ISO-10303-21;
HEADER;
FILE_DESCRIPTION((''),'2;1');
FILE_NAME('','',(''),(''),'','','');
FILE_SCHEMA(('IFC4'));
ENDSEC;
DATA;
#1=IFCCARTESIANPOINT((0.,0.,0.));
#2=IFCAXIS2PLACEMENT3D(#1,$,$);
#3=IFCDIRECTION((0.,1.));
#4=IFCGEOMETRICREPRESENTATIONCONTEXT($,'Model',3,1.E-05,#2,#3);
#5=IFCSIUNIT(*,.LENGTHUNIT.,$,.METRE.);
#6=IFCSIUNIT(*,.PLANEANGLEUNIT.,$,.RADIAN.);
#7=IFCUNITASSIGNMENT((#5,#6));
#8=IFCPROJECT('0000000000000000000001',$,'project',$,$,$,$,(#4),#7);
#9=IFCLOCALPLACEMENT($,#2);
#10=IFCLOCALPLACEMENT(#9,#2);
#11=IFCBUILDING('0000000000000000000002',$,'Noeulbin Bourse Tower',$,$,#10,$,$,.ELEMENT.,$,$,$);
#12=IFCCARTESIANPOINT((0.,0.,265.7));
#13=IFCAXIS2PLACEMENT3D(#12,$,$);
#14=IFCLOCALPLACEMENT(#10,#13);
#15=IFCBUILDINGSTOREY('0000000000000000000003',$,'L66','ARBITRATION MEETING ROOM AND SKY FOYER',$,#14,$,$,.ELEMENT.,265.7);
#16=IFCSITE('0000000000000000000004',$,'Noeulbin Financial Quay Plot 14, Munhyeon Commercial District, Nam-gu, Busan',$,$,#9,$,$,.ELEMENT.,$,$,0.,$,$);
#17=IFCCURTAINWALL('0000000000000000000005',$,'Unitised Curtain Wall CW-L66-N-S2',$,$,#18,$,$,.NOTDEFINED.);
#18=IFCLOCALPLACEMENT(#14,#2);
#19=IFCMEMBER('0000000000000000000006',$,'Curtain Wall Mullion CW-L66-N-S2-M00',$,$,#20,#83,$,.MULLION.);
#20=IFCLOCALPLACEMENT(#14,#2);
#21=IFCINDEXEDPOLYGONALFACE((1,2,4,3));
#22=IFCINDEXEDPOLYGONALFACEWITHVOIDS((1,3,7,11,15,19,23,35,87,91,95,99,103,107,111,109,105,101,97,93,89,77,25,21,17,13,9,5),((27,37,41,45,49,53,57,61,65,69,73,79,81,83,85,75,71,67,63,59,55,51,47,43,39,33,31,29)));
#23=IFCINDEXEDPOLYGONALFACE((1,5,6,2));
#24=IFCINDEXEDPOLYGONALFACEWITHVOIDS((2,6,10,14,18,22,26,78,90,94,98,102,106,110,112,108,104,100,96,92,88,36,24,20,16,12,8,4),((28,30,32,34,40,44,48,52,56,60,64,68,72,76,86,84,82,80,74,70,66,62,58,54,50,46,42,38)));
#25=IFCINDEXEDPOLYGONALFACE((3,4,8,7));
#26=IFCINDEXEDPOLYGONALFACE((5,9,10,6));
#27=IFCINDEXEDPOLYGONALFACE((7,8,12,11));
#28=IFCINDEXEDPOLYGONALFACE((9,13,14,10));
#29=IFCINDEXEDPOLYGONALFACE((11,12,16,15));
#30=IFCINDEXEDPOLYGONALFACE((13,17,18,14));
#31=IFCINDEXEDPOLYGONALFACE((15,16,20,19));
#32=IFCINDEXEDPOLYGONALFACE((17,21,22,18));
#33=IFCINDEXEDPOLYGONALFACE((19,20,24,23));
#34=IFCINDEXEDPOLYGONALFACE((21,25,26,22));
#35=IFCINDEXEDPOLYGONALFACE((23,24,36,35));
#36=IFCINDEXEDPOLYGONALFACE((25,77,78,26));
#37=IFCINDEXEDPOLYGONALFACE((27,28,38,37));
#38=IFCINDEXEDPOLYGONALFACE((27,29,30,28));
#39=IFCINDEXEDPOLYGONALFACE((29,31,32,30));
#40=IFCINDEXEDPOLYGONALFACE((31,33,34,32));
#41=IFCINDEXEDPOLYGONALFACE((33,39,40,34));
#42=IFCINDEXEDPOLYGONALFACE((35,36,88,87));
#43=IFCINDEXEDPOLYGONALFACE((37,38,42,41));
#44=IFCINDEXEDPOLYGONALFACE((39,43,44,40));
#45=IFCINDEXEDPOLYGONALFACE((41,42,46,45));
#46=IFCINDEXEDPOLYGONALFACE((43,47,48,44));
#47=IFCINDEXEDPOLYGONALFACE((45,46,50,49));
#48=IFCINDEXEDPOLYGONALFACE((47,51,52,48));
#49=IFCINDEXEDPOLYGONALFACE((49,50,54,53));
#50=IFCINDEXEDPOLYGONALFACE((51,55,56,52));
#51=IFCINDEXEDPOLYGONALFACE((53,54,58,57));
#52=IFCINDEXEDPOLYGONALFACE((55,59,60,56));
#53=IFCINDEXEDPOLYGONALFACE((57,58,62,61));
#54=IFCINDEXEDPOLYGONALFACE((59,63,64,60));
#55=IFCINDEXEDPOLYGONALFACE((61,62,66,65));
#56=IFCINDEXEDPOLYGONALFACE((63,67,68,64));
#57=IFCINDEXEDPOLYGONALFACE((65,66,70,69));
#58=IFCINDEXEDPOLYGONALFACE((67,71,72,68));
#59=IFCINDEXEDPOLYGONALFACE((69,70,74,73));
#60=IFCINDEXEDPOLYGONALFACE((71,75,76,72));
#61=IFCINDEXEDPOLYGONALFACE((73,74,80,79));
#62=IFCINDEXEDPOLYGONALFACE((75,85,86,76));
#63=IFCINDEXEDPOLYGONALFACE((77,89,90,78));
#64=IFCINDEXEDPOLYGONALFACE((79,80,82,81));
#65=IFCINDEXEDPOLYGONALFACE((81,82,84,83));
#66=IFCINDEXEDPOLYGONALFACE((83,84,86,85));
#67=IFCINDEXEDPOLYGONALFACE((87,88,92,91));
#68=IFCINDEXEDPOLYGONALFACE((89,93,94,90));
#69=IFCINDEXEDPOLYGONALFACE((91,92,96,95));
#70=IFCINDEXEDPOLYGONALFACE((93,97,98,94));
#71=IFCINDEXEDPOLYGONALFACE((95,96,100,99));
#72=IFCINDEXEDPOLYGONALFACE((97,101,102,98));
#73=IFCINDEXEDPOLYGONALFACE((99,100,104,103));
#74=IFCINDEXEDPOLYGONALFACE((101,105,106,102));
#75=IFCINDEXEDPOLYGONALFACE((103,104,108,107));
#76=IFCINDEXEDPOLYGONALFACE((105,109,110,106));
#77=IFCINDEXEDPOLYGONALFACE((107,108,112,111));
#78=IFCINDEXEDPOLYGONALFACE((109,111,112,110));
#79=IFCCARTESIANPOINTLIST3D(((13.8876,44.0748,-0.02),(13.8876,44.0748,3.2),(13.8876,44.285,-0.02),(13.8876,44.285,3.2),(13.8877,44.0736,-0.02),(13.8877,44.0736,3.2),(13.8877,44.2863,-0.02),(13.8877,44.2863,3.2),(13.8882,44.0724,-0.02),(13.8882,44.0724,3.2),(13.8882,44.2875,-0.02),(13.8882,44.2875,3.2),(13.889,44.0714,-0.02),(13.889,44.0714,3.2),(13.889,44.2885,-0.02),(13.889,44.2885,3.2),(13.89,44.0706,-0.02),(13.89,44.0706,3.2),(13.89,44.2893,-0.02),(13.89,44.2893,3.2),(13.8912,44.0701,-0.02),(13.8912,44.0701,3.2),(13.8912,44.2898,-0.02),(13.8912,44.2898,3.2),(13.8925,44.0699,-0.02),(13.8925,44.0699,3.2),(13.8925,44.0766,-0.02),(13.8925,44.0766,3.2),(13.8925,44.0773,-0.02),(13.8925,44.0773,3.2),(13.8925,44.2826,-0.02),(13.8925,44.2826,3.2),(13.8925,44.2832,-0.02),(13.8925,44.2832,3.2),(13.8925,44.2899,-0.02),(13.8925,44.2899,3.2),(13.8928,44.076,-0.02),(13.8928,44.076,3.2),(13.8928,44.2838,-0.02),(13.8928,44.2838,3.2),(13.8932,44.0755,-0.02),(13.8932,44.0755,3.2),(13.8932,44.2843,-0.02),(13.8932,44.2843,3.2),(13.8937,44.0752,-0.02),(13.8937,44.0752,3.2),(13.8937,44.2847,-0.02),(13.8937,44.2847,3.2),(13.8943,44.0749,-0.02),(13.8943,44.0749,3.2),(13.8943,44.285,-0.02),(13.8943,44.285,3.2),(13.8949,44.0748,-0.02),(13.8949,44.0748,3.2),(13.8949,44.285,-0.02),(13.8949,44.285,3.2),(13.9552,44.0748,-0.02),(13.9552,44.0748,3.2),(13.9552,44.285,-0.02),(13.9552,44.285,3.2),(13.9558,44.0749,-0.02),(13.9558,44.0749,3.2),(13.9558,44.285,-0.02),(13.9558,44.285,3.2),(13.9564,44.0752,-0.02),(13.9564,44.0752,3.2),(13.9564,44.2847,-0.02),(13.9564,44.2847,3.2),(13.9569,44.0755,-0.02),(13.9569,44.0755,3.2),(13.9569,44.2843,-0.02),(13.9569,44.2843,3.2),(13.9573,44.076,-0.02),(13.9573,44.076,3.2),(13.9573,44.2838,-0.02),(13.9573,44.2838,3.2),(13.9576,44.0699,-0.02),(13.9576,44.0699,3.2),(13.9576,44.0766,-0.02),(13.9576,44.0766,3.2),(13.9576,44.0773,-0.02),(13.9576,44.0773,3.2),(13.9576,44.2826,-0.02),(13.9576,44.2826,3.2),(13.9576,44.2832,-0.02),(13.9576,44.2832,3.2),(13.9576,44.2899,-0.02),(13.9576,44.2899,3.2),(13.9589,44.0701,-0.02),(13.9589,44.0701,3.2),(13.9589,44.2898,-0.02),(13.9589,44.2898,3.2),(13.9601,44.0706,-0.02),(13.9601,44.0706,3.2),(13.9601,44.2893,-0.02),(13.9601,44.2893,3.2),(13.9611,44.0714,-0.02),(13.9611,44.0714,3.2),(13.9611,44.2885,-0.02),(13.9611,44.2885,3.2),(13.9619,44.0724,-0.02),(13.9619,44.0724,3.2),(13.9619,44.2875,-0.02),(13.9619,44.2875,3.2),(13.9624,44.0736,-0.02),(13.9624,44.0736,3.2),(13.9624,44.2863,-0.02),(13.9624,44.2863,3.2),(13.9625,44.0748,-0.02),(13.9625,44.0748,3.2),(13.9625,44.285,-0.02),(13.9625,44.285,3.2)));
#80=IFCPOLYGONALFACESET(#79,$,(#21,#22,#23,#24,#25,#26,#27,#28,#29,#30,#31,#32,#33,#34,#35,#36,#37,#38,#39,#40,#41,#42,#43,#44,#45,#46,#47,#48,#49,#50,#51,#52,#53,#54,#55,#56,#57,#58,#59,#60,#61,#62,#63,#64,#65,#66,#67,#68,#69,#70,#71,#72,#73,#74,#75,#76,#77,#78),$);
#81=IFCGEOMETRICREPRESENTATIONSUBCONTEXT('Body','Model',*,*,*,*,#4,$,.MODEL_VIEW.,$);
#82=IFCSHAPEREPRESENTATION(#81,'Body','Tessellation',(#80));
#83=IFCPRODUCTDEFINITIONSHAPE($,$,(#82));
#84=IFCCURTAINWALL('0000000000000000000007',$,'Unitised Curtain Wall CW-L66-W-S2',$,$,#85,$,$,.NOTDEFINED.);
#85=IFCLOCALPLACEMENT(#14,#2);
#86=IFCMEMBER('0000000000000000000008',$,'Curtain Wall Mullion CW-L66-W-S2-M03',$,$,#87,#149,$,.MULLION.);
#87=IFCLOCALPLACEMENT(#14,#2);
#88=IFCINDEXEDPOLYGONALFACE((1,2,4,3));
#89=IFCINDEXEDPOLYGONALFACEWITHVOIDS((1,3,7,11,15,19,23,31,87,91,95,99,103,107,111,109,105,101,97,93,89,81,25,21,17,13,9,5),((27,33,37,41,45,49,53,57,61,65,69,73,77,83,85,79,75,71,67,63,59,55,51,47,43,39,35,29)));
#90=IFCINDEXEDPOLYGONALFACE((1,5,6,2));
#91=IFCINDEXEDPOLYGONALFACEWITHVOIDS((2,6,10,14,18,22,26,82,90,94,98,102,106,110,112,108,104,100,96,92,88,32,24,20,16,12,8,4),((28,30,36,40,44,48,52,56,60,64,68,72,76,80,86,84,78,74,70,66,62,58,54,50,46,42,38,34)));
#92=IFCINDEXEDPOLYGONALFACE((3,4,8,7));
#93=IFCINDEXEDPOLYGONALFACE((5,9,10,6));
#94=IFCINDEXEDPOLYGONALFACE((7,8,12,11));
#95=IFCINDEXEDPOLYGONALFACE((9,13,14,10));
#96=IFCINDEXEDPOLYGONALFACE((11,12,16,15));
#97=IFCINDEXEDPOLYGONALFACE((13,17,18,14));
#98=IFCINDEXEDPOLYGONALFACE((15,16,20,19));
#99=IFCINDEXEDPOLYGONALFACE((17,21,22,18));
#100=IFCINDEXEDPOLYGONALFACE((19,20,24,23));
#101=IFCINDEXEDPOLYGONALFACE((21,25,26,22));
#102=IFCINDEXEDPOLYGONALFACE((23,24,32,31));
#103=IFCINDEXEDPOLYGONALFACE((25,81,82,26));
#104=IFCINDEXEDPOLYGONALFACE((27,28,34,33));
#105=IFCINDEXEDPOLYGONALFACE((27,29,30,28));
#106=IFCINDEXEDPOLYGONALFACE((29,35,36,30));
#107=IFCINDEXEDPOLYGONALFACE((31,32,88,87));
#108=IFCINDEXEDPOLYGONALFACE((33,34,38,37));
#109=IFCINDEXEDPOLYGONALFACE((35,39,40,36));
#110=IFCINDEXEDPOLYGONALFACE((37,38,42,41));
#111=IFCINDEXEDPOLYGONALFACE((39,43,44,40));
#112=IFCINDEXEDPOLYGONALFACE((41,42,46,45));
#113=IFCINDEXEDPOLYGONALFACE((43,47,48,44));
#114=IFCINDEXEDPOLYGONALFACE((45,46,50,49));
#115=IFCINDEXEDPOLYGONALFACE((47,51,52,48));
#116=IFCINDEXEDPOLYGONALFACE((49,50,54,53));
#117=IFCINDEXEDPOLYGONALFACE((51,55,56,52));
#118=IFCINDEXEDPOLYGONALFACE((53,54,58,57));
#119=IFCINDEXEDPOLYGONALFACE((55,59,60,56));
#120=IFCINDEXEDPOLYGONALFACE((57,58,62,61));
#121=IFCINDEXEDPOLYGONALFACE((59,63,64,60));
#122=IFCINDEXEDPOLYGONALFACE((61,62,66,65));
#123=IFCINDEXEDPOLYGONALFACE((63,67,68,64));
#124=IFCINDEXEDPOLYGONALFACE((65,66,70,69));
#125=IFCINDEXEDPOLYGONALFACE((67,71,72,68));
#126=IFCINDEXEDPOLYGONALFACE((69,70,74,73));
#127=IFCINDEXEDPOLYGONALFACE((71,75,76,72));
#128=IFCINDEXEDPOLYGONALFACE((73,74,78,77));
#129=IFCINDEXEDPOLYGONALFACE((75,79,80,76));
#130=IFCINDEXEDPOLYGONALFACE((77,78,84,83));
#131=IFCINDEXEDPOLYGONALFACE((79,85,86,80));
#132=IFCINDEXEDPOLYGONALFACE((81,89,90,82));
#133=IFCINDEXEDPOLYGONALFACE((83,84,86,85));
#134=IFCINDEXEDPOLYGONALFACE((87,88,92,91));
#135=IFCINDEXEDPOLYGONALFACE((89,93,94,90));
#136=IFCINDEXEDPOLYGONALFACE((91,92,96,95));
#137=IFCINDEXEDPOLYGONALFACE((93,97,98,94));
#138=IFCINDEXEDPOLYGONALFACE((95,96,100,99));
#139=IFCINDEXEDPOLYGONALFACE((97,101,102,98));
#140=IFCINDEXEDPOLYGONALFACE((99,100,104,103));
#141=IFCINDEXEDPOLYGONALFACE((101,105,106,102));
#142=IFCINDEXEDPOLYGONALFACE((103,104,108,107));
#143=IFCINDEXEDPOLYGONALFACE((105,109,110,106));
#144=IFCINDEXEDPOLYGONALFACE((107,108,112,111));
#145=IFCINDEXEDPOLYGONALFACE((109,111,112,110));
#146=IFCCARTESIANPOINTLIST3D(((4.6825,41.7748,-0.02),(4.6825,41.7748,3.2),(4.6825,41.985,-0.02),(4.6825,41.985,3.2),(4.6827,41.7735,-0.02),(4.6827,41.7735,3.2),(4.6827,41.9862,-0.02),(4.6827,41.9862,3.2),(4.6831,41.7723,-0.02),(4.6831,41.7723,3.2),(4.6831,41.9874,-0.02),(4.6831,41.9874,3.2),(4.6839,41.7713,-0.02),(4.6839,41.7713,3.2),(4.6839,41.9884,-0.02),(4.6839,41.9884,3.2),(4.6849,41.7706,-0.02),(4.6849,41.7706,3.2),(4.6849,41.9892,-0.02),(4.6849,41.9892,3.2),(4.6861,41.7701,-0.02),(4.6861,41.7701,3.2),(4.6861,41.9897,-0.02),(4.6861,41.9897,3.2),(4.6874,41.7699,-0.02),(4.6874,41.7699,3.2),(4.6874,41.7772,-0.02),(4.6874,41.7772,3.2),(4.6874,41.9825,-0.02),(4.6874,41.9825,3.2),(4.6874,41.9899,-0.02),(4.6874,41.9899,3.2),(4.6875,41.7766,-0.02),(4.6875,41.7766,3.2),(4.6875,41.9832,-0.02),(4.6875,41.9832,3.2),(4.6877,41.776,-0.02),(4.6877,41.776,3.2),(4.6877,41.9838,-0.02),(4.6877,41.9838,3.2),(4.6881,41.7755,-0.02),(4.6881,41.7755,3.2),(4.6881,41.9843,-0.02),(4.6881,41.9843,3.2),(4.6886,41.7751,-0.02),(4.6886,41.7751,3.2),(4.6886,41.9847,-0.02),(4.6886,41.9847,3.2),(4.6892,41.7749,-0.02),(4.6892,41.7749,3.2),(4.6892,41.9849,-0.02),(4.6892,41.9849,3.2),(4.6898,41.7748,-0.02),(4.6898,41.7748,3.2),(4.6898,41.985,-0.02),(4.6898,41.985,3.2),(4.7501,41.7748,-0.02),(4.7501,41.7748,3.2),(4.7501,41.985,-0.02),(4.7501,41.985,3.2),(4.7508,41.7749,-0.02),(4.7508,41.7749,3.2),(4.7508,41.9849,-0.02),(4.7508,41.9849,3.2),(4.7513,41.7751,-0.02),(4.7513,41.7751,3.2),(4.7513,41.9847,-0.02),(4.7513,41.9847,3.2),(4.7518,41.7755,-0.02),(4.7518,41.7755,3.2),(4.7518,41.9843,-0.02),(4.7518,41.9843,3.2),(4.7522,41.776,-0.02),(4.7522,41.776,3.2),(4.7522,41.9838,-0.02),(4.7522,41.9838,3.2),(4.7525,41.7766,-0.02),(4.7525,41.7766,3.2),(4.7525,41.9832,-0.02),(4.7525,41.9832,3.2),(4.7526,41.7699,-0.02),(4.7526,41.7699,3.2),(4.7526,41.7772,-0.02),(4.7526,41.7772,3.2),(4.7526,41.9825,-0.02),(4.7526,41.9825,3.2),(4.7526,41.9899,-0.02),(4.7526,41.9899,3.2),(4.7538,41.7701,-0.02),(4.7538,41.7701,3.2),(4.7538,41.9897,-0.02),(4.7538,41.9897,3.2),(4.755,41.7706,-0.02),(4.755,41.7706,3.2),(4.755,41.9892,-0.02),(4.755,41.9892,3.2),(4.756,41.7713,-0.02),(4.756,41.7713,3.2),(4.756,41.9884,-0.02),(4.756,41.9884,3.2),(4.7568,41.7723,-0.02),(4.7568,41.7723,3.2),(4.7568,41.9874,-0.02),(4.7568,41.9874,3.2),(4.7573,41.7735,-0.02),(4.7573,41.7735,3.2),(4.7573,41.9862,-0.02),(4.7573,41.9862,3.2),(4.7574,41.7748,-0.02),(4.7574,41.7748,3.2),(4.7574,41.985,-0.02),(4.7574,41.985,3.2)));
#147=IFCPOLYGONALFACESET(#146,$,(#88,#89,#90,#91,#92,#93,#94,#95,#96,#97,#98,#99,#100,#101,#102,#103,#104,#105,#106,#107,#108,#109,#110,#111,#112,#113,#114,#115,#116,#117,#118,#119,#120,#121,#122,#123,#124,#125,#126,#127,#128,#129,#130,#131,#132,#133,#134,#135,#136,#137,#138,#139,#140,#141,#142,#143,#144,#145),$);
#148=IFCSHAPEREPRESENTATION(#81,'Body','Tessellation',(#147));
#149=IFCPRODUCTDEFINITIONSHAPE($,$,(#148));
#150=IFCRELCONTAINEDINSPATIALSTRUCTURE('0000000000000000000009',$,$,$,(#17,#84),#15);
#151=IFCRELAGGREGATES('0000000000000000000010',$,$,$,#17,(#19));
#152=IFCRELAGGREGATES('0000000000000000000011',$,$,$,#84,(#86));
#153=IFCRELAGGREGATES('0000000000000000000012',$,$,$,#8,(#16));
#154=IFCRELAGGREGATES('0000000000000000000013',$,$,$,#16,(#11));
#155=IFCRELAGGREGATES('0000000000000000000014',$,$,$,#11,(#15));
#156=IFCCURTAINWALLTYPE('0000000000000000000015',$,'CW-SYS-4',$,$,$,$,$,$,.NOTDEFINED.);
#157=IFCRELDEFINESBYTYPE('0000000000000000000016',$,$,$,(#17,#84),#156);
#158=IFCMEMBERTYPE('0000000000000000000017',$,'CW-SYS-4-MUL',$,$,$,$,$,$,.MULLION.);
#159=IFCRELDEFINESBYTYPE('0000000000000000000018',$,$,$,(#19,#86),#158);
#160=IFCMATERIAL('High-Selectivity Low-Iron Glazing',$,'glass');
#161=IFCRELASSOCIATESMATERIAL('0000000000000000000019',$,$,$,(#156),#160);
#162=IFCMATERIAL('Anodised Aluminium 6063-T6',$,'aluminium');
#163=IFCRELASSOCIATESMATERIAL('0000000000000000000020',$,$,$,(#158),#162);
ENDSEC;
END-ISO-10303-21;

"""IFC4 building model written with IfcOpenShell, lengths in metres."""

from ifc_helpers import new_model, si_unit, direction, frame, origin, origin_2d, place, context, subcontext, project, spatial, hollow_rectangle, extrude, material, material_profile, profile_set, type_object, element, aggregate, save


model = new_model("IFC4")

# Units and contexts
model_context = context("Model", 3, precision=1e-05, world=origin(), true_north=direction((0.0, 1.0)))
body_context = subcontext(model_context, "Body", "Model", "MODEL_VIEW")
ifc_project = project(units=[si_unit("LENGTHUNIT", "METRE"), si_unit("PLANEANGLEUNIT", "RADIAN")], contexts=[model_context])

# Site, building, storey
site_placement = place(None, origin())
site = spatial("IfcSite", under=ifc_project, at=site_placement, Name="Noeulbin Financial Quay Plot 14, Munhyeon Commercial District, Nam-gu, Busan", CompositionType="ELEMENT", RefElevation=0.0)
building_placement = place(site_placement, origin())
building = spatial("IfcBuilding", under=site, at=building_placement, Name="Noeulbin Bourse Tower", CompositionType="ELEMENT")
storey_placement = place(building_placement, frame((0.0, 0.0, 265.7)))
storey = spatial("IfcBuildingStorey", under=building, at=storey_placement, Name="L66", Description="ARBITRATION MEETING ROOM AND SKY FOYER", CompositionType="ELEMENT", Elevation=265.7)

# Shared definitions
ifc_material_1 = material(Name="High-Selectivity Low-Iron Glazing", Category="glass")
curtain_wall_type = type_object("IfcCurtainWallType", Name="CW-SYS-4", PredefinedType="NOTDEFINED", material=ifc_material_1)
ifc_material_2 = material(Name="Anodised Aluminium 6063-T6", Category="aluminium")
ifc_material_profile_1 = material_profile(ifc_material_2, hollow_rectangle(XDim=0.075, YDim=0.22, WallThickness=0.0049, InnerFilletRadius=0.0024, OuterFilletRadius=0.0049, at=origin_2d()), Name="ALU-MULL-75x220x5", Category="LoadBearing")
ifc_profile_set_1 = profile_set([ifc_material_profile_1], Name="Anodised Aluminium 6063-T6")
member_type_1 = type_object("IfcMemberType", Name="CW-SYS-4-MUL", PredefinedType="MULLION", material=ifc_profile_set_1)

# Curtain walls, members
curtain_wall_1_placement = place(storey_placement, origin())
curtain_wall_1 = element("IfcCurtainWall", 1, at=curtain_wall_1_placement, inside=storey, type_object=curtain_wall_type, Name="Unitised Curtain Wall CW-L66-N-S2", PredefinedType="NOTDEFINED")
member_1_placement = place(storey_placement, frame((13.925, 44.1799, -0.02), z_axis=(0.0, 0.0, 1.0), x_axis=(1.0, 0.0, 0.0)))
member_1 = element("IfcMember", 2, at=member_1_placement, type_object=member_type_1, Name="Curtain Wall Mullion CW-L66-N-S2-M00", PredefinedType="MULLION", context=body_context, shape_type="SweptSolid", body=[
    extrude(hollow_rectangle(XDim=0.075, YDim=0.22, WallThickness=0.0049, InnerFilletRadius=0.0024, OuterFilletRadius=0.0049, at=origin_2d()), origin(), (0.0, 0.0, 1.0), 3.22),
])
curtain_wall_2_placement = place(storey_placement, origin())
curtain_wall_2 = element("IfcCurtainWall", 3, at=curtain_wall_2_placement, inside=storey, type_object=curtain_wall_type, Name="Unitised Curtain Wall CW-L66-W-S2", PredefinedType="NOTDEFINED")
member_2_placement = place(storey_placement, frame((4.72, 41.8799, -0.02), z_axis=(0.0, 0.0, 1.0), x_axis=(1.0, 0.0, 0.0)))
member_2 = element("IfcMember", 4, at=member_2_placement, type_object=member_type_1, Name="Curtain Wall Mullion CW-L66-W-S2-M03", PredefinedType="MULLION", context=body_context, shape_type="SweptSolid", body=[
    extrude(hollow_rectangle(XDim=0.075, YDim=0.22, WallThickness=0.0049, InnerFilletRadius=0.0024, OuterFilletRadius=0.0049, at=origin_2d()), origin(), (0.0, 0.0, 1.0), 3.22),
])

aggregate(curtain_wall_1, [member_1])

aggregate(curtain_wall_2, [member_2])

save(model, "model.ifc")
